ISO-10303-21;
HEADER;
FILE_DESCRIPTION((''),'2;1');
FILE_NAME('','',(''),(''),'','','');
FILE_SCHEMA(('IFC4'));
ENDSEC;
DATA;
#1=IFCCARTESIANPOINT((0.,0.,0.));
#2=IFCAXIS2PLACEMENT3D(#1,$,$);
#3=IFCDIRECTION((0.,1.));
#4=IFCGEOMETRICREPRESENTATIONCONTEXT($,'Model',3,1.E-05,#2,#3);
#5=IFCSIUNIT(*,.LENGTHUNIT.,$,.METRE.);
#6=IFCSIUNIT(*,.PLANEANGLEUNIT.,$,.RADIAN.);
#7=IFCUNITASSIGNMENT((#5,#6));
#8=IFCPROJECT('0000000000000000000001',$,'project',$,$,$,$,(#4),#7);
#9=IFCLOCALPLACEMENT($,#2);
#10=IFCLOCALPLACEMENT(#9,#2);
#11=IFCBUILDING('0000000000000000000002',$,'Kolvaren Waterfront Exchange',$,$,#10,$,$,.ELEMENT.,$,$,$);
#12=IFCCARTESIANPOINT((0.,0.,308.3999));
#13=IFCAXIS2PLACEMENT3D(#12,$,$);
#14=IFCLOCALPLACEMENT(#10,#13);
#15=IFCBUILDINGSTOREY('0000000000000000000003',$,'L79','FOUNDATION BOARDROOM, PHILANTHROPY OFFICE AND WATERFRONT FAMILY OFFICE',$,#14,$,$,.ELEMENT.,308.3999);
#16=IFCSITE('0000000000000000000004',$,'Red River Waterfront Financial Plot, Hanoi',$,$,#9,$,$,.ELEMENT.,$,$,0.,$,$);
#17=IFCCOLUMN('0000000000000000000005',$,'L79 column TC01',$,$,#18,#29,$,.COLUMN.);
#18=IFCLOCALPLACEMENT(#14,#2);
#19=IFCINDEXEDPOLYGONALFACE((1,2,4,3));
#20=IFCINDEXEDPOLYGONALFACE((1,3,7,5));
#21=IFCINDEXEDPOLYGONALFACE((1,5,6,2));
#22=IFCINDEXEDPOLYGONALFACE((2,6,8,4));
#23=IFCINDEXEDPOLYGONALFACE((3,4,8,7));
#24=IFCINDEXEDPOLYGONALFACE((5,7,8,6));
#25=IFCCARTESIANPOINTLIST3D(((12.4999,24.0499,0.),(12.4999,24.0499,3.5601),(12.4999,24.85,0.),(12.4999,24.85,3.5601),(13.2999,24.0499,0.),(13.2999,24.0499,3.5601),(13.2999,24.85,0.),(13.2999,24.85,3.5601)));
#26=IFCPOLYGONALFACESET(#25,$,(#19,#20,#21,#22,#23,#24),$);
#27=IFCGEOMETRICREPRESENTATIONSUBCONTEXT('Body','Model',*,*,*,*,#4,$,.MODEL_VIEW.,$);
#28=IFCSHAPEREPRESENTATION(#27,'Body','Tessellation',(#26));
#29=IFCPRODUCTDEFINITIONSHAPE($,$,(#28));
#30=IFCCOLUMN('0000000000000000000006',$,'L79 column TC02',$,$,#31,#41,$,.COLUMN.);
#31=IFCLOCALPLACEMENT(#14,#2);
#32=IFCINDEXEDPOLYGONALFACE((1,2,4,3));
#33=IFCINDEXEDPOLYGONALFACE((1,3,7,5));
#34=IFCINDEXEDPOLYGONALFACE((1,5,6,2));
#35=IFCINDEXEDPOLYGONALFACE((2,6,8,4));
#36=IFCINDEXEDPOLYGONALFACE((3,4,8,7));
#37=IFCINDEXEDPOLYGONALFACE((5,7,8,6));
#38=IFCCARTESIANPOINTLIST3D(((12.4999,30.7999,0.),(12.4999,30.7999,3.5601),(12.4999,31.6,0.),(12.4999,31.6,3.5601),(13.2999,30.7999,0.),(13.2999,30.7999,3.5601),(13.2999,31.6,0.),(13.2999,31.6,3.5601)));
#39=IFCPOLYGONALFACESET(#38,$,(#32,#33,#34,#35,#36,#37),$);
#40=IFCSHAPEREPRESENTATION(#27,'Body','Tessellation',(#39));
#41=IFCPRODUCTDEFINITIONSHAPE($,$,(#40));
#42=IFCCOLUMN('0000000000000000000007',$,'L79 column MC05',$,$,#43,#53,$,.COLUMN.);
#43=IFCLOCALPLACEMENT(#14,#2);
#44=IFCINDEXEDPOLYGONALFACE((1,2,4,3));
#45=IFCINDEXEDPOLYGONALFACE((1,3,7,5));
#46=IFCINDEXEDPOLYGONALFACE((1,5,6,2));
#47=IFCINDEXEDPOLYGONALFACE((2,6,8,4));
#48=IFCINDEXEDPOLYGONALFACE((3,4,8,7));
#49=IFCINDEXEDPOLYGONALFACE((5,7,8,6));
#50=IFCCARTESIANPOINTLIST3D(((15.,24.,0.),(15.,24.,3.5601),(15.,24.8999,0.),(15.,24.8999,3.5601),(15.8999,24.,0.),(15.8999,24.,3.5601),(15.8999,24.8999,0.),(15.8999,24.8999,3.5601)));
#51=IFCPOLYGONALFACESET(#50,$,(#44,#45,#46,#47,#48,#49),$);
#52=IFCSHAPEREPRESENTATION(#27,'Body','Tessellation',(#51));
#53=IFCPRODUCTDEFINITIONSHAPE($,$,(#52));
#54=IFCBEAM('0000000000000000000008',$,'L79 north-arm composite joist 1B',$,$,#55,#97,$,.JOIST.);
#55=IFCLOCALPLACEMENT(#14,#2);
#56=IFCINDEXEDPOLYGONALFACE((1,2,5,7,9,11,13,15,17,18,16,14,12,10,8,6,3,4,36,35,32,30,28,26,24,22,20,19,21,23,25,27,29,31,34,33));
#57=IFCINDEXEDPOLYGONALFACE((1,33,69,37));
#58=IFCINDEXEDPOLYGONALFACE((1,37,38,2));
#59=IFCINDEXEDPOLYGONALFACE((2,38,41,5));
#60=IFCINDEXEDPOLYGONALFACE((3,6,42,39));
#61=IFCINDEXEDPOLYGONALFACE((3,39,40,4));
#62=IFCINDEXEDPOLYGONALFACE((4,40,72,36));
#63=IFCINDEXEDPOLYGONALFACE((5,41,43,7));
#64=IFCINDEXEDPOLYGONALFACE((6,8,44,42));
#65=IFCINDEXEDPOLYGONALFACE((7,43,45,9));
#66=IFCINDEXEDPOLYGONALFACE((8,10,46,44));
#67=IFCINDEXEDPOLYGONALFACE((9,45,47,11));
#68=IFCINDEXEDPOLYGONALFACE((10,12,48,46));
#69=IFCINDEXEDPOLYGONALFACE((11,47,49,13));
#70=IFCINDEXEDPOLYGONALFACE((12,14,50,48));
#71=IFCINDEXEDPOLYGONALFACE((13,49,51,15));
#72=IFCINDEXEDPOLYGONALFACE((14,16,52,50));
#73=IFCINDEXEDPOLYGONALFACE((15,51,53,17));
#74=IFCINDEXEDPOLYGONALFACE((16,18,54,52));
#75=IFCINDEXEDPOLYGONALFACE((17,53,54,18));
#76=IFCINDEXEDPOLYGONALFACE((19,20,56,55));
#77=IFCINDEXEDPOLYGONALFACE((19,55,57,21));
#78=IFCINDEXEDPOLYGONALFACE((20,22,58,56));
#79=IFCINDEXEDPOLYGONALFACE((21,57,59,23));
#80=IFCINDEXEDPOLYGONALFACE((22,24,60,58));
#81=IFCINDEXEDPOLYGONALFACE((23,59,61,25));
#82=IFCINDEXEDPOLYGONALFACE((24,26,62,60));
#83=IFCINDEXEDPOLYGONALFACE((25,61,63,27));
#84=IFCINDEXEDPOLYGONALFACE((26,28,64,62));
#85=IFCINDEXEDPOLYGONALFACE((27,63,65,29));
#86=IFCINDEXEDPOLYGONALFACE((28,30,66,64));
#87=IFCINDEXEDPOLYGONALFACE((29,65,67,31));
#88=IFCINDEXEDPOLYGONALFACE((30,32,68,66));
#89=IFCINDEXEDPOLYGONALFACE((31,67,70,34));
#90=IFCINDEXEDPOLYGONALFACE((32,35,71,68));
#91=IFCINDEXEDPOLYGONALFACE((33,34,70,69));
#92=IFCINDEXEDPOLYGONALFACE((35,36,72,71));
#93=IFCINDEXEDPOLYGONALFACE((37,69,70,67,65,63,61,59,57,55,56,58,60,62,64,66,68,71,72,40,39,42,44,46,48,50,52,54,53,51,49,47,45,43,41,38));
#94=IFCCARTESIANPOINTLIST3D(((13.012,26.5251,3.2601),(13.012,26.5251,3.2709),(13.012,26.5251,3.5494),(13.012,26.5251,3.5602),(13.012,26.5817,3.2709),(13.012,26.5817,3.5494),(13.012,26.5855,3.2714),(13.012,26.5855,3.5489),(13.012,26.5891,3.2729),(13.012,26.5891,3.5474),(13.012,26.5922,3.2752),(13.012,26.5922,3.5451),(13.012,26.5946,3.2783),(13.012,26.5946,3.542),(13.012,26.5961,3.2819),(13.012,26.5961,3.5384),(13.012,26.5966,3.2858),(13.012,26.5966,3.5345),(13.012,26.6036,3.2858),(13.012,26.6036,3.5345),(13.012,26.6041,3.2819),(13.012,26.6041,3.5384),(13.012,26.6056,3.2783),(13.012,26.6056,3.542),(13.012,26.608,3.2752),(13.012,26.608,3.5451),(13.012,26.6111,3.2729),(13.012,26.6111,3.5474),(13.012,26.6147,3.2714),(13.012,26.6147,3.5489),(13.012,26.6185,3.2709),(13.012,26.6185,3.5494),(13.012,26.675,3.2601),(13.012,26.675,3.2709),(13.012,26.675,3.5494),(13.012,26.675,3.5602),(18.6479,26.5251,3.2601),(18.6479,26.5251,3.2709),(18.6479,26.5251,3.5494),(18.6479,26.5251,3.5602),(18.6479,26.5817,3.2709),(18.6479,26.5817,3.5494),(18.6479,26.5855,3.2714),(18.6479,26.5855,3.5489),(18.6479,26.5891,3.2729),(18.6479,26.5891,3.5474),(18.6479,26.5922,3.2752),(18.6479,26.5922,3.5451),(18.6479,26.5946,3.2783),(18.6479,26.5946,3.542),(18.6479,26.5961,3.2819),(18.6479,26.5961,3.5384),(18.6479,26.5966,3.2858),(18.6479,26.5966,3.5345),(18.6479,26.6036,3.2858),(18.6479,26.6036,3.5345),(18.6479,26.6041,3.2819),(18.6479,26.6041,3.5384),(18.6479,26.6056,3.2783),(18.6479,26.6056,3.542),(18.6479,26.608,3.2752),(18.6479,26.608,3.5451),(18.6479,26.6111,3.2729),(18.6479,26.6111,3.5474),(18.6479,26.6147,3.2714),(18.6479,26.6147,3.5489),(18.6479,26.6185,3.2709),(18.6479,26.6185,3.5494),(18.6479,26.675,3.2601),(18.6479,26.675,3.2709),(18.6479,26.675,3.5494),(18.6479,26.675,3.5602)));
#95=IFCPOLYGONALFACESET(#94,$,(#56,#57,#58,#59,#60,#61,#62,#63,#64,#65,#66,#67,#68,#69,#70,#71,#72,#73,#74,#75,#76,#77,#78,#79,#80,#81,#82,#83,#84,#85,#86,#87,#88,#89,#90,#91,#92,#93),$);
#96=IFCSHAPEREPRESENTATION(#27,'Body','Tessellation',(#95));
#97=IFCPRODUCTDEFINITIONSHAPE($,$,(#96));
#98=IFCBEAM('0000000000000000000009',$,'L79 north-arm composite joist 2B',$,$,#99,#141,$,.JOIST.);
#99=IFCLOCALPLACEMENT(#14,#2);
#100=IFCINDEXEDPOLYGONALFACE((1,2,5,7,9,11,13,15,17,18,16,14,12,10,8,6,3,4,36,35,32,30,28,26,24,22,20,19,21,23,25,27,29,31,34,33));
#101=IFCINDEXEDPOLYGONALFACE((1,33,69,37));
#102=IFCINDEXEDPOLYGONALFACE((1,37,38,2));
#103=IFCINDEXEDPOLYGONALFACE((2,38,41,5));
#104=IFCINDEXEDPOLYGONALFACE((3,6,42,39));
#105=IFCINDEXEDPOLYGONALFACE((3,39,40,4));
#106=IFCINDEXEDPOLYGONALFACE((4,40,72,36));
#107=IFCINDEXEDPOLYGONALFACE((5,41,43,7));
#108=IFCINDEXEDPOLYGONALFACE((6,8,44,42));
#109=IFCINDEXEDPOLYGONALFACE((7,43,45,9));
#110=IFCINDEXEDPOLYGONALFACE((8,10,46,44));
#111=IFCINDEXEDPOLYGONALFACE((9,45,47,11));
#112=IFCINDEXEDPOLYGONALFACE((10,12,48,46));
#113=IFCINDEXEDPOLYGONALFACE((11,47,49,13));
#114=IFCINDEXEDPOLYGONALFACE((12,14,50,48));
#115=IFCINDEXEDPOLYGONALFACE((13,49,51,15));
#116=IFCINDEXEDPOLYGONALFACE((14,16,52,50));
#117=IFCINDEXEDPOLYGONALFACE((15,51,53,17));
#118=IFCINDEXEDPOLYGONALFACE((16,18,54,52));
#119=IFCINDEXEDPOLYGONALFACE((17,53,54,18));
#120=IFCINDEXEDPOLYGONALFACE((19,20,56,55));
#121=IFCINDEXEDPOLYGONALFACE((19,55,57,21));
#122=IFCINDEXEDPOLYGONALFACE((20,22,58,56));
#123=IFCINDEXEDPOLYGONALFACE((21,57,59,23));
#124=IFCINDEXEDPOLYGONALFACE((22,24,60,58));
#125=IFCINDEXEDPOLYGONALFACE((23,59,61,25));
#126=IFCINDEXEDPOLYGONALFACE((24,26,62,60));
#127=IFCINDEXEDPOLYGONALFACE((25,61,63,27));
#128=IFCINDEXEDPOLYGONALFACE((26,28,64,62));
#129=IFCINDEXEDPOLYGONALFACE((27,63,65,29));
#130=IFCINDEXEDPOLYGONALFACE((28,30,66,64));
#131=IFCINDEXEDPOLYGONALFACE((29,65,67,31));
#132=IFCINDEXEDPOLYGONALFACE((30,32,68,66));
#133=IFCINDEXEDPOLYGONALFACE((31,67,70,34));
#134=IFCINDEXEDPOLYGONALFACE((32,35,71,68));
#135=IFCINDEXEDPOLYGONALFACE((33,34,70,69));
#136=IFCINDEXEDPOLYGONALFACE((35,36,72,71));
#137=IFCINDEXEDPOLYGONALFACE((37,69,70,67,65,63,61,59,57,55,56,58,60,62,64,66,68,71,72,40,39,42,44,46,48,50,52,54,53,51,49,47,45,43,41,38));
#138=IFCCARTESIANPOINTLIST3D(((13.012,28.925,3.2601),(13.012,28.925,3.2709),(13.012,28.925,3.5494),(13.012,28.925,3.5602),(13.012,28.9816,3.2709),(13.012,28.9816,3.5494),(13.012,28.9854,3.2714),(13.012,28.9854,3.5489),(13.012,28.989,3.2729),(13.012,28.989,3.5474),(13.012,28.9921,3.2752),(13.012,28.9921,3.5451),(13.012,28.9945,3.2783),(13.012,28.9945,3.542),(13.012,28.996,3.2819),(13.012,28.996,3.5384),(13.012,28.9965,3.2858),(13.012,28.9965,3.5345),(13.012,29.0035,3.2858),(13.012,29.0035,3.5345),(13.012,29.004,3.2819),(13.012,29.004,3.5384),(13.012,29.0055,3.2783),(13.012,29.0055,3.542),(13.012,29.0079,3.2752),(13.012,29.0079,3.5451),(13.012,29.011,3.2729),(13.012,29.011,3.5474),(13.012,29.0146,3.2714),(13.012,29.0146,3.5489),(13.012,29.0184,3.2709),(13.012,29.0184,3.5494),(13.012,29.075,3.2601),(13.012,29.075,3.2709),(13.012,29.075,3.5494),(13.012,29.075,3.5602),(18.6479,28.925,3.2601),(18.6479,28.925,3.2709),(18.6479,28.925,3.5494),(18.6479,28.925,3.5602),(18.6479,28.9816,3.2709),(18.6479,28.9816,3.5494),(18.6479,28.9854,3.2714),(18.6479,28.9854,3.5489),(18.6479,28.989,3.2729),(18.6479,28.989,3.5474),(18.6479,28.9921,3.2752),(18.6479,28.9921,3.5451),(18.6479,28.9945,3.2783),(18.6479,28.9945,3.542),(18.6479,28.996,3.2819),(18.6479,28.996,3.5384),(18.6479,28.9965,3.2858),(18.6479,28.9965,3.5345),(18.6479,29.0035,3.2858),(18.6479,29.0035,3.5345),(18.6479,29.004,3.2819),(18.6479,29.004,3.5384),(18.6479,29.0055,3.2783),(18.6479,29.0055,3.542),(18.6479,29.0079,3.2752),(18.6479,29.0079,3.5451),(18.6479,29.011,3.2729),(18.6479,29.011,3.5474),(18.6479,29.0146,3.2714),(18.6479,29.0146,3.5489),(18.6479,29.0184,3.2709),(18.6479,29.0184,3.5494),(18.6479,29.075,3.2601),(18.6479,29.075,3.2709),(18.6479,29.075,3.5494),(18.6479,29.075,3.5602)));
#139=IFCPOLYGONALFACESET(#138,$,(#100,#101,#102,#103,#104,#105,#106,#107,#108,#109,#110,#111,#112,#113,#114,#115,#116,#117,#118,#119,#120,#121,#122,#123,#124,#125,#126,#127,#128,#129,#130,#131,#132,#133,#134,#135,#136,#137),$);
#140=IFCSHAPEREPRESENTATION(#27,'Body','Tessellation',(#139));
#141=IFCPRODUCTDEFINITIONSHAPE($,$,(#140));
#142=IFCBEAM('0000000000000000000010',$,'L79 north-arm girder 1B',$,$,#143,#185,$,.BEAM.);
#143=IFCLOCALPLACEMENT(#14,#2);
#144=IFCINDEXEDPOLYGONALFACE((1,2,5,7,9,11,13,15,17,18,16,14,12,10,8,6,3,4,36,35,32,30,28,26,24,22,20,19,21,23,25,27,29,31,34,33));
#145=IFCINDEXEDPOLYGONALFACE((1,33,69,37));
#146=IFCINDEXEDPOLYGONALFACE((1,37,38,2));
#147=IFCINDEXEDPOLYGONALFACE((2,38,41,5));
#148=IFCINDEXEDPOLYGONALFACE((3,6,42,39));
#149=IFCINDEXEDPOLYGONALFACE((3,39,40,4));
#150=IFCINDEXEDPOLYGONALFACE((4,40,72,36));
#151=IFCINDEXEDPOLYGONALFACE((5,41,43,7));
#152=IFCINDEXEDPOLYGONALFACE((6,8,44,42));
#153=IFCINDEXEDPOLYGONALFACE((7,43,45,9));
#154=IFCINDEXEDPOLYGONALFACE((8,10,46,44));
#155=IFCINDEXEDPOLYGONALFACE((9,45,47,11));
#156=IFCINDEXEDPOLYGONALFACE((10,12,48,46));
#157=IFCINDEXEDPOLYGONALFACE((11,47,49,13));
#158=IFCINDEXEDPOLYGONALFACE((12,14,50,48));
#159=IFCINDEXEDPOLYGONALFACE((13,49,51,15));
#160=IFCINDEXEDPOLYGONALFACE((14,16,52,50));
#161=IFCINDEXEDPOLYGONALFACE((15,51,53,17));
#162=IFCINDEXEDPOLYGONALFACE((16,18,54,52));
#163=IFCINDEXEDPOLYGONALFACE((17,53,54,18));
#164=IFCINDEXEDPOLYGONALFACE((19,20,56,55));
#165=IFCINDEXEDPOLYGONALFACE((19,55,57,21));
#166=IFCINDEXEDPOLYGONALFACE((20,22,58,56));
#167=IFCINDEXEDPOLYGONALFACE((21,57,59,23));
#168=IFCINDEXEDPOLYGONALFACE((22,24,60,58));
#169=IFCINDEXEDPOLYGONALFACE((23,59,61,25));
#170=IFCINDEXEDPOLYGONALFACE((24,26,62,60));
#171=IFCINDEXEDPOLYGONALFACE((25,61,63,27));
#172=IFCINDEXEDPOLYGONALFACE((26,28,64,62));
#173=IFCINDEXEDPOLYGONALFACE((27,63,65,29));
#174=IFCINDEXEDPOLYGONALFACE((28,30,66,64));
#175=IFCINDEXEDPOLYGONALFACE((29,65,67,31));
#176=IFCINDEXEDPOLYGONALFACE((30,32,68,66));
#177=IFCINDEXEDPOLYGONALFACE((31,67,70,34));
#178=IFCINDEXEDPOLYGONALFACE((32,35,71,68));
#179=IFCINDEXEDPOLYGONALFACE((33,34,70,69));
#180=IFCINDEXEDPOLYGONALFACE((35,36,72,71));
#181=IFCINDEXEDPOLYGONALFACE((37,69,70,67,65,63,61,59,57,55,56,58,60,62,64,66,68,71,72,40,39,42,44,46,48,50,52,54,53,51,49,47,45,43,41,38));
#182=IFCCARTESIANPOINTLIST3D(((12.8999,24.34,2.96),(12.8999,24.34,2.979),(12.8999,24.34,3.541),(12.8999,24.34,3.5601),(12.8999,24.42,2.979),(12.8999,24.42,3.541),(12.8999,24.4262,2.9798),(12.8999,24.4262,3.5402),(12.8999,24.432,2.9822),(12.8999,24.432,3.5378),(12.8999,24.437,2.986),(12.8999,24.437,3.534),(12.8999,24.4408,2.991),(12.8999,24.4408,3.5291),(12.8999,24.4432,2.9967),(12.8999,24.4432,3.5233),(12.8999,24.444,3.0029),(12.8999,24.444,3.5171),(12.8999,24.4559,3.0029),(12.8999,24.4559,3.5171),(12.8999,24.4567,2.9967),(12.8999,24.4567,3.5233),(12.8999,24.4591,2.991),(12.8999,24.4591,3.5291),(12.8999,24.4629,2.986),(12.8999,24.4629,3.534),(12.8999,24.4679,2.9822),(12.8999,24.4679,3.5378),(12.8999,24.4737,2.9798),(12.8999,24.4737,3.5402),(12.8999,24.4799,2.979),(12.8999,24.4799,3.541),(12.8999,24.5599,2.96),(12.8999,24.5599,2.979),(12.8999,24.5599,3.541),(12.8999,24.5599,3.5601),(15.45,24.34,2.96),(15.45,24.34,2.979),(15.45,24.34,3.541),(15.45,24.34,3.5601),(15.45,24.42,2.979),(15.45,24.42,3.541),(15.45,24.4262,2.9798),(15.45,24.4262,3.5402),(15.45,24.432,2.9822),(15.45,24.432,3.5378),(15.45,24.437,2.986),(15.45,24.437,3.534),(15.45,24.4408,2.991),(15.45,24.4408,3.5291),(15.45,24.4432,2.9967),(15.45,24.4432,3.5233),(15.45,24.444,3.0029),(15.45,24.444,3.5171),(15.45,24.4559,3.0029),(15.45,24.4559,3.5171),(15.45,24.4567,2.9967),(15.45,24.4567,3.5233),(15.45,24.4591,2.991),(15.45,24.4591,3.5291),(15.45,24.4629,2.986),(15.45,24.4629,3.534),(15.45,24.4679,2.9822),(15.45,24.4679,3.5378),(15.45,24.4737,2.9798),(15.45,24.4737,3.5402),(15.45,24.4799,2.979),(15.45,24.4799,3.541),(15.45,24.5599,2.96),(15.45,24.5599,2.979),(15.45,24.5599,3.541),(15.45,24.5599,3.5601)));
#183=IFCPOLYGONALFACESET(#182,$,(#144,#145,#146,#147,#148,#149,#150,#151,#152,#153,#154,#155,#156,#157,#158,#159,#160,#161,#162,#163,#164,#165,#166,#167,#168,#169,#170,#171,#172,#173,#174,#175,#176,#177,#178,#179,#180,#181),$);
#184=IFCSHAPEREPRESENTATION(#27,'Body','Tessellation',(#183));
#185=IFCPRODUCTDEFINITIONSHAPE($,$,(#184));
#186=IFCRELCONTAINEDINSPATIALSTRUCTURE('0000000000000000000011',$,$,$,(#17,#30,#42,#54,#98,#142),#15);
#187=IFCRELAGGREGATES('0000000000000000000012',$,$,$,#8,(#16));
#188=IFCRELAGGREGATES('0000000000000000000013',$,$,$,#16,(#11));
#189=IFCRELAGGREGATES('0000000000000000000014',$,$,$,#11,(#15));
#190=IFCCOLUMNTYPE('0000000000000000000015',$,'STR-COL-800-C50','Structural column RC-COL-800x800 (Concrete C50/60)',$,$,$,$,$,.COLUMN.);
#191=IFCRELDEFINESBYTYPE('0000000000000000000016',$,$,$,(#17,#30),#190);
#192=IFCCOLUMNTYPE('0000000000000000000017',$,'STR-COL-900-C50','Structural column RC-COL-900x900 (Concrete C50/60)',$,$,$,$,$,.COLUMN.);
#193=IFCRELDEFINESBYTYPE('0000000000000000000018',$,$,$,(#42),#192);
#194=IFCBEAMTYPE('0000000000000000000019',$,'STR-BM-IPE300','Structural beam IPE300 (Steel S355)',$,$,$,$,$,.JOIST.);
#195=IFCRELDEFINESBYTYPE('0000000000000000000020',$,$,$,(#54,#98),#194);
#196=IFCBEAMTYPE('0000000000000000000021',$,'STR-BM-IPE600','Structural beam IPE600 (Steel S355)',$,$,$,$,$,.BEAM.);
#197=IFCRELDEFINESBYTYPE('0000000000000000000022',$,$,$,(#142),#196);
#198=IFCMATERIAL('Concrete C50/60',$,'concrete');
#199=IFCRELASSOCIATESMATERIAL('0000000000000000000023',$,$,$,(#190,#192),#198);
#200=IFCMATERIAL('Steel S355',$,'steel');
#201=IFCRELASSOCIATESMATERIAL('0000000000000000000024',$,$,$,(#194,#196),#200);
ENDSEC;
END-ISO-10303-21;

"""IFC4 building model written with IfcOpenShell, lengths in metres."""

from ifc_helpers import new_model, si_unit, direction, frame, origin, origin_2d, place, context, subcontext, project, spatial, rectangle, i_section, extrude, material, material_profile, profile_set, type_object, element, save


model = new_model("IFC4")

# Units and contexts
model_context = context("Model", 3, precision=1e-05, world=origin(), true_north=direction((0.0, 1.0)))
body_context = subcontext(model_context, "Body", "Model", "MODEL_VIEW")
ifc_project = project(units=[si_unit("LENGTHUNIT", "METRE"), si_unit("PLANEANGLEUNIT", "RADIAN")], contexts=[model_context])

# Site, building, storey
site_placement = place(None, origin())
site = spatial("IfcSite", under=ifc_project, at=site_placement, Name="Red River Waterfront Financial Plot, Hanoi", CompositionType="ELEMENT", RefElevation=0.0)
building_placement = place(site_placement, origin())
building = spatial("IfcBuilding", under=site, at=building_placement, Name="Kolvaren Waterfront Exchange", CompositionType="ELEMENT")
storey_placement = place(building_placement, frame((0.0, 0.0, 308.3999)))
storey = spatial("IfcBuildingStorey", under=building, at=storey_placement, Name="L79", Description="FOUNDATION BOARDROOM, PHILANTHROPY OFFICE AND WATERFRONT FAMILY OFFICE", CompositionType="ELEMENT", Elevation=308.3999)

# Columns
ifc_material_1 = material(Name="Concrete C50/60", Category="concrete")
ifc_material_profile_1 = material_profile(ifc_material_1, rectangle(XDim=0.8, YDim=0.8, at=origin_2d()), Name="RC-COL-800x800")
ifc_profile_set_1 = profile_set([ifc_material_profile_1], Name="Concrete C50/60")
column_type_1 = type_object("IfcColumnType", Name="STR-COL-800-C50", Description="Structural column RC-COL-800x800 (Concrete C50/60)", PredefinedType="COLUMN", material=ifc_profile_set_1)
for number, where, z_axis, x_axis, name in (
    (1, (12.8999, 24.45, 0.0), (0.0, 0.0, 1.0), (1.0, 0.0, 0.0), "L79 column TC01"),
    (2, (12.8999, 31.2, 0.0), (0.0, 0.0, 1.0), (1.0, 0.0, 0.0), "L79 column TC02"),
):
    element("IfcColumn", number, at=place(storey_placement, frame(where, z_axis=z_axis, x_axis=x_axis)), inside=storey, type_object=column_type_1, Name=name, PredefinedType="COLUMN", context=body_context, shape_type="SweptSolid", body=[
        extrude(rectangle(XDim=0.8, YDim=0.8, at=origin_2d()), origin(), (0.0, 0.0, 1.0), 3.5601),
    ])
ifc_material_profile_2 = material_profile(ifc_material_1, rectangle(XDim=0.8999, YDim=0.8999, at=origin_2d()), Name="RC-COL-900x900")
ifc_profile_set_2 = profile_set([ifc_material_profile_2], Name="Concrete C50/60")
column_type_2 = type_object("IfcColumnType", Name="STR-COL-900-C50", Description="Structural column RC-COL-900x900 (Concrete C50/60)", PredefinedType="COLUMN", material=ifc_profile_set_2)
column_placement = place(storey_placement, frame((15.45, 24.45, 0.0), z_axis=(0.0, 0.0, 1.0), x_axis=(1.0, 0.0, 0.0)))
element("IfcColumn", 3, at=column_placement, inside=storey, type_object=column_type_2, Name="L79 column MC05", PredefinedType="COLUMN", context=body_context, shape_type="SweptSolid", body=[
    extrude(rectangle(XDim=0.8999, YDim=0.8999, at=origin_2d()), origin(), (0.0, 0.0, 1.0), 3.5601),
])

# Beams
ifc_material_2 = material(Name="Steel S355", Category="steel")
ifc_material_profile_3 = material_profile(ifc_material_2, i_section(OverallWidth=0.1499, OverallDepth=0.3, WebThickness=0.0071, FlangeThickness=0.0107, FilletRadius=0.0149, at=origin_2d()), Name="IPE300")
ifc_profile_set_3 = profile_set([ifc_material_profile_3], Name="Steel S355")
beam_type_1 = type_object("IfcBeamType", Name="STR-BM-IPE300", Description="Structural beam IPE300 (Steel S355)", PredefinedType="JOIST", material=ifc_profile_set_3)
for number, where, z_axis, x_axis, name in (
    (4, (13.012, 26.6001, 3.4102), (1.0, 0.0, 0.0), (0.0, 1.0, 0.0), "L79 north-arm composite joist 1B"),
    (5, (13.012, 29.0, 3.4102), (1.0, 0.0, 0.0), (0.0, 1.0, 0.0), "L79 north-arm composite joist 2B"),
):
    element("IfcBeam", number, at=place(storey_placement, frame(where, z_axis=z_axis, x_axis=x_axis)), inside=storey, type_object=beam_type_1, Name=name, PredefinedType="JOIST", context=body_context, shape_type="SweptSolid", body=[
        extrude(i_section(OverallWidth=0.1499, OverallDepth=0.3, WebThickness=0.0071, FlangeThickness=0.0107, FilletRadius=0.0149, at=origin_2d()), origin(), (0.0, 0.0, 1.0), 5.636),
    ])
ifc_material_profile_4 = material_profile(ifc_material_2, i_section(OverallWidth=0.22, OverallDepth=0.6001, WebThickness=0.012, FlangeThickness=0.019, FilletRadius=0.0239, at=origin_2d()), Name="IPE600")
ifc_profile_set_4 = profile_set([ifc_material_profile_4], Name="Steel S355")
beam_type_2 = type_object("IfcBeamType", Name="STR-BM-IPE600", Description="Structural beam IPE600 (Steel S355)", PredefinedType="BEAM", material=ifc_profile_set_4)
beam_1_placement = place(storey_placement, frame((12.8999, 24.45, 3.26), z_axis=(1.0, 0.0, 0.0), x_axis=(0.0, 1.0, 0.0)))
element("IfcBeam", 6, at=beam_1_placement, inside=storey, type_object=beam_type_2, Name="L79 north-arm girder 1B", PredefinedType="BEAM", context=body_context, shape_type="SweptSolid", body=[
    extrude(i_section(OverallWidth=0.22, OverallDepth=0.6001, WebThickness=0.012, FlangeThickness=0.019, FilletRadius=0.0239, at=origin_2d()), origin(), (0.0, 0.0, 1.0), 2.55),
])

save(model, "model.ifc")
